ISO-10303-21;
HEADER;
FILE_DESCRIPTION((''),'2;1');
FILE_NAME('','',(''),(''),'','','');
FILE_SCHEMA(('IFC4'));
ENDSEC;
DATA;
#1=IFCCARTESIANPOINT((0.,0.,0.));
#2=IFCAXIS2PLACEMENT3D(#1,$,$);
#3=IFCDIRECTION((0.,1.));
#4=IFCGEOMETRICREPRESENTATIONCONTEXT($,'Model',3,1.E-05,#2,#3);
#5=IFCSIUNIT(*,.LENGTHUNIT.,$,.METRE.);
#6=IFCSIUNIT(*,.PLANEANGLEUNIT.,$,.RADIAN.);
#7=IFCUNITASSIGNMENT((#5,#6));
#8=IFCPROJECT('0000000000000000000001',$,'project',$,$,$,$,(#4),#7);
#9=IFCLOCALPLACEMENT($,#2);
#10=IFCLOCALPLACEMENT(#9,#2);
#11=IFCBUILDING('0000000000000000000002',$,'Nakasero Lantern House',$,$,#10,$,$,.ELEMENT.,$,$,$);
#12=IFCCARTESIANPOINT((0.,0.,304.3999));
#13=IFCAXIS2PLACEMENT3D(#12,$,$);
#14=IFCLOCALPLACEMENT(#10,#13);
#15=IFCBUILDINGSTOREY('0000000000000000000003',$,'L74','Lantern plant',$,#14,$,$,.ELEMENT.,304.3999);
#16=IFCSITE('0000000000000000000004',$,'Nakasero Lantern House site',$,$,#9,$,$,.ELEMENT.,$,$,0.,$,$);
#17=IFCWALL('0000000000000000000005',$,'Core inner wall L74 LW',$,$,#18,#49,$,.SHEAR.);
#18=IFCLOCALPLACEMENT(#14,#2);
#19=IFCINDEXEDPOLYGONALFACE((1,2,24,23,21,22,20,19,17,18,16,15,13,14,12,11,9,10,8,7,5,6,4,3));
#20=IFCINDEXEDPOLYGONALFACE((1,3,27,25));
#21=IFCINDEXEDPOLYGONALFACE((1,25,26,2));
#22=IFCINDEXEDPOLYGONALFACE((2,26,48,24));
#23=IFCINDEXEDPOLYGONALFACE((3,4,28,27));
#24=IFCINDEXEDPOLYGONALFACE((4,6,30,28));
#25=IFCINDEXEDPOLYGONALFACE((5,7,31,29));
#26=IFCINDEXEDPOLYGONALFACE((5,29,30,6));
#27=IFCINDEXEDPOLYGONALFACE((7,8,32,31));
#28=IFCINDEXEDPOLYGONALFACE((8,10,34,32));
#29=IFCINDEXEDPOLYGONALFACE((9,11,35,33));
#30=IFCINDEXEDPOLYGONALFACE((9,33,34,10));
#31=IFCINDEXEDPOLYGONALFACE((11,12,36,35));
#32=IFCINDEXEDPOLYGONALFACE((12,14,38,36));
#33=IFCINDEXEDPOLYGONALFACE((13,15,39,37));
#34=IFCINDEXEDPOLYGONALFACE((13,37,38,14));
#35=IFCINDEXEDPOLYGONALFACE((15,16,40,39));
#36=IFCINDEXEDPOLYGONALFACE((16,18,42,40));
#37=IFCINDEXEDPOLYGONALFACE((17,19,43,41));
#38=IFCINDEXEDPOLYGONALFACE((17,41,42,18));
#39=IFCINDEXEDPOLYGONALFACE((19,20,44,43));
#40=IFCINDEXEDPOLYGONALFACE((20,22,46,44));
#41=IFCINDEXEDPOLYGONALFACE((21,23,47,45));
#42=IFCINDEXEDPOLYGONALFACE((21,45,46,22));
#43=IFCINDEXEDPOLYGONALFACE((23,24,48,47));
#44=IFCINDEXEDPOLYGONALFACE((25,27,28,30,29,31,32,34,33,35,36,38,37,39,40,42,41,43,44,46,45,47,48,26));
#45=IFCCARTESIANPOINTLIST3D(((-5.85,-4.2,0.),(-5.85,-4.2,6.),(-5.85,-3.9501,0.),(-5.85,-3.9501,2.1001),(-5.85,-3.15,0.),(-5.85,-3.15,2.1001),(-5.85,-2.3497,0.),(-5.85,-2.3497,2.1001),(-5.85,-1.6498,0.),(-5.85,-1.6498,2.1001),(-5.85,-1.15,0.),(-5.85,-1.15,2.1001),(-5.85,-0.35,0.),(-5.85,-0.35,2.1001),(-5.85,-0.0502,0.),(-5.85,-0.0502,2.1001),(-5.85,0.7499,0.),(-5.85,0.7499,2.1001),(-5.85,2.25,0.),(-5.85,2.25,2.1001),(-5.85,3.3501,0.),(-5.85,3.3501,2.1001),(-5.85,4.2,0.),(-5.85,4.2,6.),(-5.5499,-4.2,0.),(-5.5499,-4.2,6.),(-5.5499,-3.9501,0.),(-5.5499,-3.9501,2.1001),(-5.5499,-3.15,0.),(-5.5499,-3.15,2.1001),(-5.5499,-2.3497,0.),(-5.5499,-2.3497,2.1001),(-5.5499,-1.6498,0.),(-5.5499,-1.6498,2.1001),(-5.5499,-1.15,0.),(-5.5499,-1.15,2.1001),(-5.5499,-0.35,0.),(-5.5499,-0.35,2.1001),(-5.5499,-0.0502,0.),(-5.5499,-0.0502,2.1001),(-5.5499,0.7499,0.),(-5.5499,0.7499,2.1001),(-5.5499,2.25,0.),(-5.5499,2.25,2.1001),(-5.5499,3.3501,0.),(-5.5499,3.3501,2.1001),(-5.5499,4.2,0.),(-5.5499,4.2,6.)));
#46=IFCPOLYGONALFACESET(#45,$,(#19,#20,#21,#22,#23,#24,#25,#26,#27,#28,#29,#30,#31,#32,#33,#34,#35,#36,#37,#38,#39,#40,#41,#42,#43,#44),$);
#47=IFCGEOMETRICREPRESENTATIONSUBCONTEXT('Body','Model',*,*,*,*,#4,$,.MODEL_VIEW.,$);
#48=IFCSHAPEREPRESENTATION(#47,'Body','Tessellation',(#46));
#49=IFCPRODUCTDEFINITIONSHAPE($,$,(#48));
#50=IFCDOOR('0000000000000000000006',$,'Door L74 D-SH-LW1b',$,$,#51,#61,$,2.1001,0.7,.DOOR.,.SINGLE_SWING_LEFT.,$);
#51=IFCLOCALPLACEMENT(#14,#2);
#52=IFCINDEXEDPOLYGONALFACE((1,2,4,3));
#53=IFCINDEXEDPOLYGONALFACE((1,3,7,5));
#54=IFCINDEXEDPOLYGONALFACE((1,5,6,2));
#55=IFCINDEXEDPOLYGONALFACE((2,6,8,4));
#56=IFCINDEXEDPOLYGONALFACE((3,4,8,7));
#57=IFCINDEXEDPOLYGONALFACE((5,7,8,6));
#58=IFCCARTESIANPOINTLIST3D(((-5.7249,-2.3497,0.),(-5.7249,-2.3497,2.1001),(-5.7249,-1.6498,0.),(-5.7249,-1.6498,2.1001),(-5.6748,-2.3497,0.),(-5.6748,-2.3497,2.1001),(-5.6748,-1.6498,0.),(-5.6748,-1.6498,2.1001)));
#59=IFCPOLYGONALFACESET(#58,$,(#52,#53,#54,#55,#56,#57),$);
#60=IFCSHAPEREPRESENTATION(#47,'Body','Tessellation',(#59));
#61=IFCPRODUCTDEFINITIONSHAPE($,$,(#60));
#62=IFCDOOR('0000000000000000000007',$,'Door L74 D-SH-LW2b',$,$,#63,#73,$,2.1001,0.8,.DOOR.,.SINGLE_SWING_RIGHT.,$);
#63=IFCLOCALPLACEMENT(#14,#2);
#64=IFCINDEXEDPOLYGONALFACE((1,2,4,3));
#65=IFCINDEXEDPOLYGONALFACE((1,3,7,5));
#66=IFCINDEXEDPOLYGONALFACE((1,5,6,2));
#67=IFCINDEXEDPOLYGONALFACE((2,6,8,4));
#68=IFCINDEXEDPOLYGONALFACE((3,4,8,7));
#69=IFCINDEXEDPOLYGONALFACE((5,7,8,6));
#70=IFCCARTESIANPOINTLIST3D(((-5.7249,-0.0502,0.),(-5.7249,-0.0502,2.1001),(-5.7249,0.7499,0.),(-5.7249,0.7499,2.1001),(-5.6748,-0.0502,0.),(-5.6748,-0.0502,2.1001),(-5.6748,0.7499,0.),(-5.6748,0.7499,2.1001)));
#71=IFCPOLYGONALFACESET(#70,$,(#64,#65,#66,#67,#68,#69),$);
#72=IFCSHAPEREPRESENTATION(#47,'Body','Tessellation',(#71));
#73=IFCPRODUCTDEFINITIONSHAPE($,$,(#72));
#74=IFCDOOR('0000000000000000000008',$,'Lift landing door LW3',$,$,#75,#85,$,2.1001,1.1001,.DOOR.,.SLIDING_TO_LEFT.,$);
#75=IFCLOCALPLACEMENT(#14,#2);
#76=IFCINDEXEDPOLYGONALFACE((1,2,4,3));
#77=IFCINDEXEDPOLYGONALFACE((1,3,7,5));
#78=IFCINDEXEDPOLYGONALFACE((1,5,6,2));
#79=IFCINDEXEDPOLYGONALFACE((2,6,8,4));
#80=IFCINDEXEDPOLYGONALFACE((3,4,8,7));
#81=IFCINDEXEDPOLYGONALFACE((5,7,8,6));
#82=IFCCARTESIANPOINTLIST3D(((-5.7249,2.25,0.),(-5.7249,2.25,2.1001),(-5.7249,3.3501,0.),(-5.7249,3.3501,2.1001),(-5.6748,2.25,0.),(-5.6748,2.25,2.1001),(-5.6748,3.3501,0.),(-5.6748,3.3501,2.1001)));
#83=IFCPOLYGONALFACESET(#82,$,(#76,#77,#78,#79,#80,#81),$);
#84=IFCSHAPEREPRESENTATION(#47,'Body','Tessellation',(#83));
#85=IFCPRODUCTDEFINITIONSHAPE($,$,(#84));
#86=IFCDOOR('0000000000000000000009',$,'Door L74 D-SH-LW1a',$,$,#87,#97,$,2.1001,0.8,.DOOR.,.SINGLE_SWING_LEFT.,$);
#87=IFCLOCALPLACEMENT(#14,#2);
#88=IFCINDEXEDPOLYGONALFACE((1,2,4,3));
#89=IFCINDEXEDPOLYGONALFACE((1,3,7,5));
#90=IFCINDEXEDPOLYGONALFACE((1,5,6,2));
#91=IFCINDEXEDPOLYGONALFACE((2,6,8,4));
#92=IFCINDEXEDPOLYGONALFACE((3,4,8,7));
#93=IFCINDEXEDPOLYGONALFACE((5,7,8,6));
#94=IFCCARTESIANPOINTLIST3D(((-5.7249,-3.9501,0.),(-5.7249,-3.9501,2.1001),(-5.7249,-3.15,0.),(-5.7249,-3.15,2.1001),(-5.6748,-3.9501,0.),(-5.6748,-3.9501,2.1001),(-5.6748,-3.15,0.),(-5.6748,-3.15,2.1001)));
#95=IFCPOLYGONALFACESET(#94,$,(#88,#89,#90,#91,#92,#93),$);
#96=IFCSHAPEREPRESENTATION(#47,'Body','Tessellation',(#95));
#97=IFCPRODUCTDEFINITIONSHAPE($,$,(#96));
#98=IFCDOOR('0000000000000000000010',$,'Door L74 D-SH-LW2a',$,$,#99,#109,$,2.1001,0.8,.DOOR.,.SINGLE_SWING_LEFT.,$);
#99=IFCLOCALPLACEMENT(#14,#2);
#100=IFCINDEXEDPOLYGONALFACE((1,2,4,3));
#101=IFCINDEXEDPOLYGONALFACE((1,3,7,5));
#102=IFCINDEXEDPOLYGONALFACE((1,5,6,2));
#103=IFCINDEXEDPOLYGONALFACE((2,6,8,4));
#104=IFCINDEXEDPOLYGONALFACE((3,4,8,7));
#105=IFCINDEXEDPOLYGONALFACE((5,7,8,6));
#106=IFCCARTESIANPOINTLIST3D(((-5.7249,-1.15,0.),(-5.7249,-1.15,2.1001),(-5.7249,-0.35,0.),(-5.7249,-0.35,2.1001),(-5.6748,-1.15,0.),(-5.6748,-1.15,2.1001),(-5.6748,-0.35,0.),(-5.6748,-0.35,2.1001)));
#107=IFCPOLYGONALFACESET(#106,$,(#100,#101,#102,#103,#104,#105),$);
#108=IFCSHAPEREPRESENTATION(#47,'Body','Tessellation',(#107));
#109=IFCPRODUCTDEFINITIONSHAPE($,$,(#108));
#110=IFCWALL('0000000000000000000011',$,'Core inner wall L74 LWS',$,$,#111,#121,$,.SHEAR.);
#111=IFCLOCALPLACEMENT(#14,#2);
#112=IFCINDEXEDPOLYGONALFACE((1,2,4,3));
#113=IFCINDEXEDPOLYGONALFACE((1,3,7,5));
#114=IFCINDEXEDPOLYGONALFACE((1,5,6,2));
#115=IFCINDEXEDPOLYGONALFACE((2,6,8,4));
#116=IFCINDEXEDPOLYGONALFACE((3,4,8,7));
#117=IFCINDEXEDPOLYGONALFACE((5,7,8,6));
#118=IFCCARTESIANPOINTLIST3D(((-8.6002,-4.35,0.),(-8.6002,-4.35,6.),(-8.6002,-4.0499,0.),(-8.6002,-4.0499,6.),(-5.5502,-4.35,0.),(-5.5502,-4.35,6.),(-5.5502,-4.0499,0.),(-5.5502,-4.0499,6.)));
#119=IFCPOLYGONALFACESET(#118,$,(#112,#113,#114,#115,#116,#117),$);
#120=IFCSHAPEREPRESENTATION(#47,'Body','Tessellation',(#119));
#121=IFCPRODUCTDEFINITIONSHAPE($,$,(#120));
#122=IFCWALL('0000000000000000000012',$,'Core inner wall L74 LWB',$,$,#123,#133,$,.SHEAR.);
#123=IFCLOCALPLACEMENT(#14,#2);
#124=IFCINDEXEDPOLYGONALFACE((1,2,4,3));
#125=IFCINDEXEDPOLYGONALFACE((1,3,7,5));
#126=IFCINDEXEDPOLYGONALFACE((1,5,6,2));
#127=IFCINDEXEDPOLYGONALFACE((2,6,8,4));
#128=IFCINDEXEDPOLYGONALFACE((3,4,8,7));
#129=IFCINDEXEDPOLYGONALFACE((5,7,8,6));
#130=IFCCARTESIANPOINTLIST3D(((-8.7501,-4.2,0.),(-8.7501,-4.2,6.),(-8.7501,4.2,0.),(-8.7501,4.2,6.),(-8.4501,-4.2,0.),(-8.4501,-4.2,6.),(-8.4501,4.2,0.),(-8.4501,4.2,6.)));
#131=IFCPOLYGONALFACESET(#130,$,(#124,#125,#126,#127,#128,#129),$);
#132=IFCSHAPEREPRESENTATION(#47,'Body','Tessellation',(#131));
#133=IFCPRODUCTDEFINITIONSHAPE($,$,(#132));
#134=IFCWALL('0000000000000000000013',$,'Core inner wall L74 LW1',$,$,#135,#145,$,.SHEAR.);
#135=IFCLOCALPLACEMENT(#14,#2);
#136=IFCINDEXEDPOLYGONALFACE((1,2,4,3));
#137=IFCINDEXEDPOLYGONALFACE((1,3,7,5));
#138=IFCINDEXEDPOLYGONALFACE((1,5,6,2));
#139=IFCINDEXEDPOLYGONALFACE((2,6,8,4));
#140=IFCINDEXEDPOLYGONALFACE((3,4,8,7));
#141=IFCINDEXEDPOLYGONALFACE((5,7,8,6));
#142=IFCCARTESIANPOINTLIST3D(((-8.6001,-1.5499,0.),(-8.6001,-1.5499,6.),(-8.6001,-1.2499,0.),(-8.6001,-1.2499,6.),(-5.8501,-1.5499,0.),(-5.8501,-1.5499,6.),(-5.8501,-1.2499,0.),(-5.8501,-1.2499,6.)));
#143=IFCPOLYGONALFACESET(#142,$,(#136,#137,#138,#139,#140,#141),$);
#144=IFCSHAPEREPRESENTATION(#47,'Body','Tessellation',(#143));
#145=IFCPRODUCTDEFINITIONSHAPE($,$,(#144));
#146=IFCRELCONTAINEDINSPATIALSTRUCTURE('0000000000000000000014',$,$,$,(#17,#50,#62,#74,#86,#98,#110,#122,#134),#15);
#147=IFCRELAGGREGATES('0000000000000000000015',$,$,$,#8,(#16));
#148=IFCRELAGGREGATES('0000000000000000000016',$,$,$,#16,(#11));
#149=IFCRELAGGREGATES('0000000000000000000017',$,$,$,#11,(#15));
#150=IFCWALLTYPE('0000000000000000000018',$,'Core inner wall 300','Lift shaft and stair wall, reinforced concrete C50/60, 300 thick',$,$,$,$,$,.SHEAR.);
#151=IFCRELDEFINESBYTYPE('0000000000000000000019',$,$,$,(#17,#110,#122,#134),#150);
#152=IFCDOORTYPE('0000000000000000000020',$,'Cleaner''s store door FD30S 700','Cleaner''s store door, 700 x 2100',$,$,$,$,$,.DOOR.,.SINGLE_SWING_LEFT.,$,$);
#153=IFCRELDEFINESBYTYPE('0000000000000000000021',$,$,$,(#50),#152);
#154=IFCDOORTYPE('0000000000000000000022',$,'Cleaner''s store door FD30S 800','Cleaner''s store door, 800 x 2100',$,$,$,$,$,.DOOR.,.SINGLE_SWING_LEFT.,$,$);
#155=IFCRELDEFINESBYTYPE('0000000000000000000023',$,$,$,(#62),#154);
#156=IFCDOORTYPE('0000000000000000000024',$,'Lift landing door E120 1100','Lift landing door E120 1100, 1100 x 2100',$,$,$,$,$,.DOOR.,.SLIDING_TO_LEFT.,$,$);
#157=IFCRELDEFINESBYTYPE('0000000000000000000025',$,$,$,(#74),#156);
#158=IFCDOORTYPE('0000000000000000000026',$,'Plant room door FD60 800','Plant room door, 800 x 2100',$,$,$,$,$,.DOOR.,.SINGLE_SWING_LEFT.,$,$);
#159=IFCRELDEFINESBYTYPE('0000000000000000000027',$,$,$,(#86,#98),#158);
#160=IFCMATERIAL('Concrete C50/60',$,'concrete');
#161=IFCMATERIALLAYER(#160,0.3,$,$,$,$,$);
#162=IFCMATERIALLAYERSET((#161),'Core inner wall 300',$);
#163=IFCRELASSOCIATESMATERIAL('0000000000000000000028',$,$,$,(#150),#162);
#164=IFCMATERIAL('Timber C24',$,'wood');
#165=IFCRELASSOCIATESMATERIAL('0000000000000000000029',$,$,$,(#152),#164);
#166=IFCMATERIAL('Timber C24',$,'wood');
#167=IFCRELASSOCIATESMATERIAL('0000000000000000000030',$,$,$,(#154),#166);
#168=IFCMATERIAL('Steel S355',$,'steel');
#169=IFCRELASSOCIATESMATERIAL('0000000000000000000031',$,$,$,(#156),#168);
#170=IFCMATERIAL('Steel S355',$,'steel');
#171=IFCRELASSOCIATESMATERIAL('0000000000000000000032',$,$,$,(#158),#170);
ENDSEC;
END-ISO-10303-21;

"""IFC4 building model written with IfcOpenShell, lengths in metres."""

from ifc_helpers import new_model, si_unit, direction, frame, frame_2d, origin, place, context, subcontext, project, spatial, rectangle, extrude, material, layer, layer_set, type_object, element, fill, save


model = new_model("IFC4")

# Units and contexts
model_context = context("Model", 3, precision=1e-05, world=origin(), true_north=direction((0.0, 1.0)))
body_context = subcontext(model_context, "Body", "Model", "MODEL_VIEW")
ifc_project = project(units=[si_unit("LENGTHUNIT", "METRE"), si_unit("PLANEANGLEUNIT", "RADIAN")], contexts=[model_context])

# Site, building, storey
site_placement = place(None, origin())
site = spatial("IfcSite", under=ifc_project, at=site_placement, Name="Nakasero Lantern House site", CompositionType="ELEMENT", RefElevation=0.0)
building_placement = place(site_placement, origin())
building = spatial("IfcBuilding", under=site, at=building_placement, Name="Nakasero Lantern House", CompositionType="ELEMENT")
storey_placement = place(building_placement, frame((0.0, 0.0, 304.3999)))
storey = spatial("IfcBuildingStorey", under=building, at=storey_placement, Name="L74", Description="Lantern plant", CompositionType="ELEMENT", Elevation=304.3999)

# Wall, openings, doors
ifc_material_1 = material(Name="Concrete C50/60", Category="concrete")
ifc_layer_1 = layer(ifc_material_1, 0.3)
ifc_layer_set_1 = layer_set([ifc_layer_1], Name="Core inner wall 300")
wall_type_1 = type_object("IfcWallType", Name="Core inner wall 300", Description="Lift shaft and stair wall, reinforced concrete C50/60, 300 thick", PredefinedType="SHEAR", material=ifc_layer_set_1)
wall_1_placement = place(storey_placement, frame((-5.7, -4.2, 0.0), z_axis=(0.0, 0.0, 1.0), x_axis=(0.0, 1.0, 0.0)))
wall_1 = element("IfcWall", 1, at=wall_1_placement, inside=storey, type_object=wall_type_1, Name="Core inner wall L74 LW", PredefinedType="SHEAR", context=body_context, shape_type="SweptSolid", body=[
    extrude(rectangle(XDim=8.3999, YDim=0.3, at=frame_2d((4.2, 0.0))), origin(), (0.0, 0.0, 1.0), 6.0),
])
opening_1_placement = place(wall_1_placement, frame((0.25, 0.0, 0.0)))
opening_1 = element("IfcOpeningElement", 2, at=opening_1_placement, cuts=wall_1, PredefinedType="OPENING", context=body_context, shape_type="SweptSolid", body=[
    extrude(rectangle(XDim=0.8, YDim=2.1001, at=frame_2d((0.3999, 1.05))), frame((0.0, 0.1699, 0.0), z_axis=(0.0, -1.0, 0.0), x_axis=(1.0, 0.0, 0.0)), (0.0, 0.0, 1.0), 0.3401),
])
opening_2_placement = place(wall_1_placement, frame((1.8501, 0.0, 0.0)))
opening_2 = element("IfcOpeningElement", 3, at=opening_2_placement, cuts=wall_1, PredefinedType="OPENING", context=body_context, shape_type="SweptSolid", body=[
    extrude(rectangle(XDim=0.7, YDim=2.1001, at=frame_2d((0.3501, 1.05))), frame((0.0, 0.1699, 0.0), z_axis=(0.0, -1.0, 0.0), x_axis=(1.0, 0.0, 0.0)), (0.0, 0.0, 1.0), 0.3401),
])
opening_3_placement = place(wall_1_placement, frame((3.05, 0.0, 0.0)))
opening_3 = element("IfcOpeningElement", 4, at=opening_3_placement, cuts=wall_1, PredefinedType="OPENING", context=body_context, shape_type="SweptSolid", body=[
    extrude(rectangle(XDim=0.8, YDim=2.1001, at=frame_2d((0.3999, 1.05))), frame((0.0, 0.1699, 0.0), z_axis=(0.0, -1.0, 0.0), x_axis=(1.0, 0.0, 0.0)), (0.0, 0.0, 1.0), 0.3401),
])
opening_4_placement = place(wall_1_placement, frame((4.1499, 0.0, 0.0)))
opening_4 = element("IfcOpeningElement", 5, at=opening_4_placement, cuts=wall_1, PredefinedType="OPENING", context=body_context, shape_type="SweptSolid", body=[
    extrude(rectangle(XDim=0.8, YDim=2.1001, at=frame_2d((0.3999, 1.05))), frame((0.0, 0.1699, 0.0), z_axis=(0.0, -1.0, 0.0), x_axis=(1.0, 0.0, 0.0)), (0.0, 0.0, 1.0), 0.3401),
])
opening_5_placement = place(wall_1_placement, frame((6.45, 0.0, 0.0)))
opening_5 = element("IfcOpeningElement", 6, at=opening_5_placement, cuts=wall_1, PredefinedType="OPENING", context=body_context, shape_type="SweptSolid", body=[
    extrude(rectangle(XDim=1.1001, YDim=2.1001, at=frame_2d((0.55, 1.05))), frame((0.0, 0.1699, 0.0), z_axis=(0.0, -1.0, 0.0), x_axis=(1.0, 0.0, 0.0)), (0.0, 0.0, 1.0), 0.3401),
])
ifc_material_2 = material(Name="Timber C24", Category="wood")
door_type_1 = type_object("IfcDoorType", Name="Cleaner's store door FD30S 700", Description="Cleaner's store door, 700 x 2100", OperationType="SINGLE_SWING_LEFT", PredefinedType="DOOR", material=ifc_material_2)
door_1_placement = place(opening_2_placement, origin())
door_1 = element("IfcDoor", 7, at=door_1_placement, inside=storey, type_object=door_type_1, Name="Door L74 D-SH-LW1b", OperationType="SINGLE_SWING_LEFT", OverallHeight=2.1001, OverallWidth=0.7, PredefinedType="DOOR", context=body_context, shape_type="SweptSolid", body=[
    extrude(rectangle(XDim=0.7, YDim=2.1001, at=frame_2d((0.3501, 1.05))), frame((0.0, 0.0249, 0.0), z_axis=(0.0, -1.0, 0.0), x_axis=(1.0, 0.0, 0.0)), (0.0, 0.0, 1.0), 0.05),
])
fill(opening_2, door_1)
ifc_material_3 = material(Name="Timber C24", Category="wood")
door_type_2 = type_object("IfcDoorType", Name="Cleaner's store door FD30S 800", Description="Cleaner's store door, 800 x 2100", OperationType="SINGLE_SWING_LEFT", PredefinedType="DOOR", material=ifc_material_3)
door_2_placement = place(opening_4_placement, origin())
door_2 = element("IfcDoor", 8, at=door_2_placement, inside=storey, type_object=door_type_2, Name="Door L74 D-SH-LW2b", OperationType="SINGLE_SWING_RIGHT", OverallHeight=2.1001, OverallWidth=0.8, PredefinedType="DOOR", context=body_context, shape_type="SweptSolid", body=[
    extrude(rectangle(XDim=0.8, YDim=2.1001, at=frame_2d((0.3999, 1.05))), frame((0.0, 0.0249, 0.0), z_axis=(0.0, -1.0, 0.0), x_axis=(1.0, 0.0, 0.0)), (0.0, 0.0, 1.0), 0.05),
])
fill(opening_4, door_2)
ifc_material_4 = material(Name="Steel S355", Category="steel")
door_type_3 = type_object("IfcDoorType", Name="Lift landing door E120 1100", Description="Lift landing door E120 1100, 1100 x 2100", OperationType="SLIDING_TO_LEFT", PredefinedType="DOOR", material=ifc_material_4)
door_3_placement = place(opening_5_placement, origin())
door_3 = element("IfcDoor", 9, at=door_3_placement, inside=storey, type_object=door_type_3, Name="Lift landing door LW3", OperationType="SLIDING_TO_LEFT", OverallHeight=2.1001, OverallWidth=1.1001, PredefinedType="DOOR", context=body_context, shape_type="SweptSolid", body=[
    extrude(rectangle(XDim=1.1001, YDim=2.1001, at=frame_2d((0.55, 1.05))), frame((0.0, 0.0249, 0.0), z_axis=(0.0, -1.0, 0.0), x_axis=(1.0, 0.0, 0.0)), (0.0, 0.0, 1.0), 0.05),
])
fill(opening_5, door_3)
ifc_material_5 = material(Name="Steel S355", Category="steel")
door_type_4 = type_object("IfcDoorType", Name="Plant room door FD60 800", Description="Plant room door, 800 x 2100", OperationType="SINGLE_SWING_LEFT", PredefinedType="DOOR", material=ifc_material_5)
door_4_placement = place(opening_1_placement, origin())
door_4 = element("IfcDoor", 10, at=door_4_placement, inside=storey, type_object=door_type_4, Name="Door L74 D-SH-LW1a", OperationType="SINGLE_SWING_LEFT", OverallHeight=2.1001, OverallWidth=0.8, PredefinedType="DOOR", context=body_context, shape_type="SweptSolid", body=[
    extrude(rectangle(XDim=0.8, YDim=2.1001, at=frame_2d((0.3999, 1.05))), frame((0.0, 0.0249, 0.0), z_axis=(0.0, -1.0, 0.0), x_axis=(1.0, 0.0, 0.0)), (0.0, 0.0, 1.0), 0.05),
])
fill(opening_1, door_4)
door_5_placement = place(opening_3_placement, origin())
door_5 = element("IfcDoor", 11, at=door_5_placement, inside=storey, type_object=door_type_4, Name="Door L74 D-SH-LW2a", OperationType="SINGLE_SWING_LEFT", OverallHeight=2.1001, OverallWidth=0.8, PredefinedType="DOOR", context=body_context, shape_type="SweptSolid", body=[
    extrude(rectangle(XDim=0.8, YDim=2.1001, at=frame_2d((0.3999, 1.05))), frame((0.0, 0.0249, 0.0), z_axis=(0.0, -1.0, 0.0), x_axis=(1.0, 0.0, 0.0)), (0.0, 0.0, 1.0), 0.05),
])
fill(opening_3, door_5)

# Walls
wall_2_placement = place(storey_placement, frame((-8.6001, -4.2, 0.0), z_axis=(0.0, 0.0, 1.0), x_axis=(1.0, 0.0, 0.0)))
element("IfcWall", 12, at=wall_2_placement, inside=storey, type_object=wall_type_1, Name="Core inner wall L74 LWS", PredefinedType="SHEAR", context=body_context, shape_type="SweptSolid", body=[
    extrude(rectangle(XDim=3.05, YDim=0.3, at=frame_2d((1.5249, 0.0))), origin(), (0.0, 0.0, 1.0), 6.0),
])
wall_3_placement = place(storey_placement, frame((-8.6001, -4.2, 0.0), z_axis=(0.0, 0.0, 1.0), x_axis=(0.0, 1.0, 0.0)))
element("IfcWall", 13, at=wall_3_placement, inside=storey, type_object=wall_type_1, Name="Core inner wall L74 LWB", PredefinedType="SHEAR", context=body_context, shape_type="SweptSolid", body=[
    extrude(rectangle(XDim=8.3999, YDim=0.3, at=frame_2d((4.2, 0.0))), origin(), (0.0, 0.0, 1.0), 6.0),
])
wall_4_placement = place(storey_placement, frame((-8.6001, -1.3999, 0.0), z_axis=(0.0, 0.0, 1.0), x_axis=(1.0, 0.0, 0.0)))
element("IfcWall", 14, at=wall_4_placement, inside=storey, type_object=wall_type_1, Name="Core inner wall L74 LW1", PredefinedType="SHEAR", context=body_context, shape_type="SweptSolid", body=[
    extrude(rectangle(XDim=2.75, YDim=0.3, at=frame_2d((1.375, 0.0))), origin(), (0.0, 0.0, 1.0), 6.0),
])

save(model, "model.ifc")
